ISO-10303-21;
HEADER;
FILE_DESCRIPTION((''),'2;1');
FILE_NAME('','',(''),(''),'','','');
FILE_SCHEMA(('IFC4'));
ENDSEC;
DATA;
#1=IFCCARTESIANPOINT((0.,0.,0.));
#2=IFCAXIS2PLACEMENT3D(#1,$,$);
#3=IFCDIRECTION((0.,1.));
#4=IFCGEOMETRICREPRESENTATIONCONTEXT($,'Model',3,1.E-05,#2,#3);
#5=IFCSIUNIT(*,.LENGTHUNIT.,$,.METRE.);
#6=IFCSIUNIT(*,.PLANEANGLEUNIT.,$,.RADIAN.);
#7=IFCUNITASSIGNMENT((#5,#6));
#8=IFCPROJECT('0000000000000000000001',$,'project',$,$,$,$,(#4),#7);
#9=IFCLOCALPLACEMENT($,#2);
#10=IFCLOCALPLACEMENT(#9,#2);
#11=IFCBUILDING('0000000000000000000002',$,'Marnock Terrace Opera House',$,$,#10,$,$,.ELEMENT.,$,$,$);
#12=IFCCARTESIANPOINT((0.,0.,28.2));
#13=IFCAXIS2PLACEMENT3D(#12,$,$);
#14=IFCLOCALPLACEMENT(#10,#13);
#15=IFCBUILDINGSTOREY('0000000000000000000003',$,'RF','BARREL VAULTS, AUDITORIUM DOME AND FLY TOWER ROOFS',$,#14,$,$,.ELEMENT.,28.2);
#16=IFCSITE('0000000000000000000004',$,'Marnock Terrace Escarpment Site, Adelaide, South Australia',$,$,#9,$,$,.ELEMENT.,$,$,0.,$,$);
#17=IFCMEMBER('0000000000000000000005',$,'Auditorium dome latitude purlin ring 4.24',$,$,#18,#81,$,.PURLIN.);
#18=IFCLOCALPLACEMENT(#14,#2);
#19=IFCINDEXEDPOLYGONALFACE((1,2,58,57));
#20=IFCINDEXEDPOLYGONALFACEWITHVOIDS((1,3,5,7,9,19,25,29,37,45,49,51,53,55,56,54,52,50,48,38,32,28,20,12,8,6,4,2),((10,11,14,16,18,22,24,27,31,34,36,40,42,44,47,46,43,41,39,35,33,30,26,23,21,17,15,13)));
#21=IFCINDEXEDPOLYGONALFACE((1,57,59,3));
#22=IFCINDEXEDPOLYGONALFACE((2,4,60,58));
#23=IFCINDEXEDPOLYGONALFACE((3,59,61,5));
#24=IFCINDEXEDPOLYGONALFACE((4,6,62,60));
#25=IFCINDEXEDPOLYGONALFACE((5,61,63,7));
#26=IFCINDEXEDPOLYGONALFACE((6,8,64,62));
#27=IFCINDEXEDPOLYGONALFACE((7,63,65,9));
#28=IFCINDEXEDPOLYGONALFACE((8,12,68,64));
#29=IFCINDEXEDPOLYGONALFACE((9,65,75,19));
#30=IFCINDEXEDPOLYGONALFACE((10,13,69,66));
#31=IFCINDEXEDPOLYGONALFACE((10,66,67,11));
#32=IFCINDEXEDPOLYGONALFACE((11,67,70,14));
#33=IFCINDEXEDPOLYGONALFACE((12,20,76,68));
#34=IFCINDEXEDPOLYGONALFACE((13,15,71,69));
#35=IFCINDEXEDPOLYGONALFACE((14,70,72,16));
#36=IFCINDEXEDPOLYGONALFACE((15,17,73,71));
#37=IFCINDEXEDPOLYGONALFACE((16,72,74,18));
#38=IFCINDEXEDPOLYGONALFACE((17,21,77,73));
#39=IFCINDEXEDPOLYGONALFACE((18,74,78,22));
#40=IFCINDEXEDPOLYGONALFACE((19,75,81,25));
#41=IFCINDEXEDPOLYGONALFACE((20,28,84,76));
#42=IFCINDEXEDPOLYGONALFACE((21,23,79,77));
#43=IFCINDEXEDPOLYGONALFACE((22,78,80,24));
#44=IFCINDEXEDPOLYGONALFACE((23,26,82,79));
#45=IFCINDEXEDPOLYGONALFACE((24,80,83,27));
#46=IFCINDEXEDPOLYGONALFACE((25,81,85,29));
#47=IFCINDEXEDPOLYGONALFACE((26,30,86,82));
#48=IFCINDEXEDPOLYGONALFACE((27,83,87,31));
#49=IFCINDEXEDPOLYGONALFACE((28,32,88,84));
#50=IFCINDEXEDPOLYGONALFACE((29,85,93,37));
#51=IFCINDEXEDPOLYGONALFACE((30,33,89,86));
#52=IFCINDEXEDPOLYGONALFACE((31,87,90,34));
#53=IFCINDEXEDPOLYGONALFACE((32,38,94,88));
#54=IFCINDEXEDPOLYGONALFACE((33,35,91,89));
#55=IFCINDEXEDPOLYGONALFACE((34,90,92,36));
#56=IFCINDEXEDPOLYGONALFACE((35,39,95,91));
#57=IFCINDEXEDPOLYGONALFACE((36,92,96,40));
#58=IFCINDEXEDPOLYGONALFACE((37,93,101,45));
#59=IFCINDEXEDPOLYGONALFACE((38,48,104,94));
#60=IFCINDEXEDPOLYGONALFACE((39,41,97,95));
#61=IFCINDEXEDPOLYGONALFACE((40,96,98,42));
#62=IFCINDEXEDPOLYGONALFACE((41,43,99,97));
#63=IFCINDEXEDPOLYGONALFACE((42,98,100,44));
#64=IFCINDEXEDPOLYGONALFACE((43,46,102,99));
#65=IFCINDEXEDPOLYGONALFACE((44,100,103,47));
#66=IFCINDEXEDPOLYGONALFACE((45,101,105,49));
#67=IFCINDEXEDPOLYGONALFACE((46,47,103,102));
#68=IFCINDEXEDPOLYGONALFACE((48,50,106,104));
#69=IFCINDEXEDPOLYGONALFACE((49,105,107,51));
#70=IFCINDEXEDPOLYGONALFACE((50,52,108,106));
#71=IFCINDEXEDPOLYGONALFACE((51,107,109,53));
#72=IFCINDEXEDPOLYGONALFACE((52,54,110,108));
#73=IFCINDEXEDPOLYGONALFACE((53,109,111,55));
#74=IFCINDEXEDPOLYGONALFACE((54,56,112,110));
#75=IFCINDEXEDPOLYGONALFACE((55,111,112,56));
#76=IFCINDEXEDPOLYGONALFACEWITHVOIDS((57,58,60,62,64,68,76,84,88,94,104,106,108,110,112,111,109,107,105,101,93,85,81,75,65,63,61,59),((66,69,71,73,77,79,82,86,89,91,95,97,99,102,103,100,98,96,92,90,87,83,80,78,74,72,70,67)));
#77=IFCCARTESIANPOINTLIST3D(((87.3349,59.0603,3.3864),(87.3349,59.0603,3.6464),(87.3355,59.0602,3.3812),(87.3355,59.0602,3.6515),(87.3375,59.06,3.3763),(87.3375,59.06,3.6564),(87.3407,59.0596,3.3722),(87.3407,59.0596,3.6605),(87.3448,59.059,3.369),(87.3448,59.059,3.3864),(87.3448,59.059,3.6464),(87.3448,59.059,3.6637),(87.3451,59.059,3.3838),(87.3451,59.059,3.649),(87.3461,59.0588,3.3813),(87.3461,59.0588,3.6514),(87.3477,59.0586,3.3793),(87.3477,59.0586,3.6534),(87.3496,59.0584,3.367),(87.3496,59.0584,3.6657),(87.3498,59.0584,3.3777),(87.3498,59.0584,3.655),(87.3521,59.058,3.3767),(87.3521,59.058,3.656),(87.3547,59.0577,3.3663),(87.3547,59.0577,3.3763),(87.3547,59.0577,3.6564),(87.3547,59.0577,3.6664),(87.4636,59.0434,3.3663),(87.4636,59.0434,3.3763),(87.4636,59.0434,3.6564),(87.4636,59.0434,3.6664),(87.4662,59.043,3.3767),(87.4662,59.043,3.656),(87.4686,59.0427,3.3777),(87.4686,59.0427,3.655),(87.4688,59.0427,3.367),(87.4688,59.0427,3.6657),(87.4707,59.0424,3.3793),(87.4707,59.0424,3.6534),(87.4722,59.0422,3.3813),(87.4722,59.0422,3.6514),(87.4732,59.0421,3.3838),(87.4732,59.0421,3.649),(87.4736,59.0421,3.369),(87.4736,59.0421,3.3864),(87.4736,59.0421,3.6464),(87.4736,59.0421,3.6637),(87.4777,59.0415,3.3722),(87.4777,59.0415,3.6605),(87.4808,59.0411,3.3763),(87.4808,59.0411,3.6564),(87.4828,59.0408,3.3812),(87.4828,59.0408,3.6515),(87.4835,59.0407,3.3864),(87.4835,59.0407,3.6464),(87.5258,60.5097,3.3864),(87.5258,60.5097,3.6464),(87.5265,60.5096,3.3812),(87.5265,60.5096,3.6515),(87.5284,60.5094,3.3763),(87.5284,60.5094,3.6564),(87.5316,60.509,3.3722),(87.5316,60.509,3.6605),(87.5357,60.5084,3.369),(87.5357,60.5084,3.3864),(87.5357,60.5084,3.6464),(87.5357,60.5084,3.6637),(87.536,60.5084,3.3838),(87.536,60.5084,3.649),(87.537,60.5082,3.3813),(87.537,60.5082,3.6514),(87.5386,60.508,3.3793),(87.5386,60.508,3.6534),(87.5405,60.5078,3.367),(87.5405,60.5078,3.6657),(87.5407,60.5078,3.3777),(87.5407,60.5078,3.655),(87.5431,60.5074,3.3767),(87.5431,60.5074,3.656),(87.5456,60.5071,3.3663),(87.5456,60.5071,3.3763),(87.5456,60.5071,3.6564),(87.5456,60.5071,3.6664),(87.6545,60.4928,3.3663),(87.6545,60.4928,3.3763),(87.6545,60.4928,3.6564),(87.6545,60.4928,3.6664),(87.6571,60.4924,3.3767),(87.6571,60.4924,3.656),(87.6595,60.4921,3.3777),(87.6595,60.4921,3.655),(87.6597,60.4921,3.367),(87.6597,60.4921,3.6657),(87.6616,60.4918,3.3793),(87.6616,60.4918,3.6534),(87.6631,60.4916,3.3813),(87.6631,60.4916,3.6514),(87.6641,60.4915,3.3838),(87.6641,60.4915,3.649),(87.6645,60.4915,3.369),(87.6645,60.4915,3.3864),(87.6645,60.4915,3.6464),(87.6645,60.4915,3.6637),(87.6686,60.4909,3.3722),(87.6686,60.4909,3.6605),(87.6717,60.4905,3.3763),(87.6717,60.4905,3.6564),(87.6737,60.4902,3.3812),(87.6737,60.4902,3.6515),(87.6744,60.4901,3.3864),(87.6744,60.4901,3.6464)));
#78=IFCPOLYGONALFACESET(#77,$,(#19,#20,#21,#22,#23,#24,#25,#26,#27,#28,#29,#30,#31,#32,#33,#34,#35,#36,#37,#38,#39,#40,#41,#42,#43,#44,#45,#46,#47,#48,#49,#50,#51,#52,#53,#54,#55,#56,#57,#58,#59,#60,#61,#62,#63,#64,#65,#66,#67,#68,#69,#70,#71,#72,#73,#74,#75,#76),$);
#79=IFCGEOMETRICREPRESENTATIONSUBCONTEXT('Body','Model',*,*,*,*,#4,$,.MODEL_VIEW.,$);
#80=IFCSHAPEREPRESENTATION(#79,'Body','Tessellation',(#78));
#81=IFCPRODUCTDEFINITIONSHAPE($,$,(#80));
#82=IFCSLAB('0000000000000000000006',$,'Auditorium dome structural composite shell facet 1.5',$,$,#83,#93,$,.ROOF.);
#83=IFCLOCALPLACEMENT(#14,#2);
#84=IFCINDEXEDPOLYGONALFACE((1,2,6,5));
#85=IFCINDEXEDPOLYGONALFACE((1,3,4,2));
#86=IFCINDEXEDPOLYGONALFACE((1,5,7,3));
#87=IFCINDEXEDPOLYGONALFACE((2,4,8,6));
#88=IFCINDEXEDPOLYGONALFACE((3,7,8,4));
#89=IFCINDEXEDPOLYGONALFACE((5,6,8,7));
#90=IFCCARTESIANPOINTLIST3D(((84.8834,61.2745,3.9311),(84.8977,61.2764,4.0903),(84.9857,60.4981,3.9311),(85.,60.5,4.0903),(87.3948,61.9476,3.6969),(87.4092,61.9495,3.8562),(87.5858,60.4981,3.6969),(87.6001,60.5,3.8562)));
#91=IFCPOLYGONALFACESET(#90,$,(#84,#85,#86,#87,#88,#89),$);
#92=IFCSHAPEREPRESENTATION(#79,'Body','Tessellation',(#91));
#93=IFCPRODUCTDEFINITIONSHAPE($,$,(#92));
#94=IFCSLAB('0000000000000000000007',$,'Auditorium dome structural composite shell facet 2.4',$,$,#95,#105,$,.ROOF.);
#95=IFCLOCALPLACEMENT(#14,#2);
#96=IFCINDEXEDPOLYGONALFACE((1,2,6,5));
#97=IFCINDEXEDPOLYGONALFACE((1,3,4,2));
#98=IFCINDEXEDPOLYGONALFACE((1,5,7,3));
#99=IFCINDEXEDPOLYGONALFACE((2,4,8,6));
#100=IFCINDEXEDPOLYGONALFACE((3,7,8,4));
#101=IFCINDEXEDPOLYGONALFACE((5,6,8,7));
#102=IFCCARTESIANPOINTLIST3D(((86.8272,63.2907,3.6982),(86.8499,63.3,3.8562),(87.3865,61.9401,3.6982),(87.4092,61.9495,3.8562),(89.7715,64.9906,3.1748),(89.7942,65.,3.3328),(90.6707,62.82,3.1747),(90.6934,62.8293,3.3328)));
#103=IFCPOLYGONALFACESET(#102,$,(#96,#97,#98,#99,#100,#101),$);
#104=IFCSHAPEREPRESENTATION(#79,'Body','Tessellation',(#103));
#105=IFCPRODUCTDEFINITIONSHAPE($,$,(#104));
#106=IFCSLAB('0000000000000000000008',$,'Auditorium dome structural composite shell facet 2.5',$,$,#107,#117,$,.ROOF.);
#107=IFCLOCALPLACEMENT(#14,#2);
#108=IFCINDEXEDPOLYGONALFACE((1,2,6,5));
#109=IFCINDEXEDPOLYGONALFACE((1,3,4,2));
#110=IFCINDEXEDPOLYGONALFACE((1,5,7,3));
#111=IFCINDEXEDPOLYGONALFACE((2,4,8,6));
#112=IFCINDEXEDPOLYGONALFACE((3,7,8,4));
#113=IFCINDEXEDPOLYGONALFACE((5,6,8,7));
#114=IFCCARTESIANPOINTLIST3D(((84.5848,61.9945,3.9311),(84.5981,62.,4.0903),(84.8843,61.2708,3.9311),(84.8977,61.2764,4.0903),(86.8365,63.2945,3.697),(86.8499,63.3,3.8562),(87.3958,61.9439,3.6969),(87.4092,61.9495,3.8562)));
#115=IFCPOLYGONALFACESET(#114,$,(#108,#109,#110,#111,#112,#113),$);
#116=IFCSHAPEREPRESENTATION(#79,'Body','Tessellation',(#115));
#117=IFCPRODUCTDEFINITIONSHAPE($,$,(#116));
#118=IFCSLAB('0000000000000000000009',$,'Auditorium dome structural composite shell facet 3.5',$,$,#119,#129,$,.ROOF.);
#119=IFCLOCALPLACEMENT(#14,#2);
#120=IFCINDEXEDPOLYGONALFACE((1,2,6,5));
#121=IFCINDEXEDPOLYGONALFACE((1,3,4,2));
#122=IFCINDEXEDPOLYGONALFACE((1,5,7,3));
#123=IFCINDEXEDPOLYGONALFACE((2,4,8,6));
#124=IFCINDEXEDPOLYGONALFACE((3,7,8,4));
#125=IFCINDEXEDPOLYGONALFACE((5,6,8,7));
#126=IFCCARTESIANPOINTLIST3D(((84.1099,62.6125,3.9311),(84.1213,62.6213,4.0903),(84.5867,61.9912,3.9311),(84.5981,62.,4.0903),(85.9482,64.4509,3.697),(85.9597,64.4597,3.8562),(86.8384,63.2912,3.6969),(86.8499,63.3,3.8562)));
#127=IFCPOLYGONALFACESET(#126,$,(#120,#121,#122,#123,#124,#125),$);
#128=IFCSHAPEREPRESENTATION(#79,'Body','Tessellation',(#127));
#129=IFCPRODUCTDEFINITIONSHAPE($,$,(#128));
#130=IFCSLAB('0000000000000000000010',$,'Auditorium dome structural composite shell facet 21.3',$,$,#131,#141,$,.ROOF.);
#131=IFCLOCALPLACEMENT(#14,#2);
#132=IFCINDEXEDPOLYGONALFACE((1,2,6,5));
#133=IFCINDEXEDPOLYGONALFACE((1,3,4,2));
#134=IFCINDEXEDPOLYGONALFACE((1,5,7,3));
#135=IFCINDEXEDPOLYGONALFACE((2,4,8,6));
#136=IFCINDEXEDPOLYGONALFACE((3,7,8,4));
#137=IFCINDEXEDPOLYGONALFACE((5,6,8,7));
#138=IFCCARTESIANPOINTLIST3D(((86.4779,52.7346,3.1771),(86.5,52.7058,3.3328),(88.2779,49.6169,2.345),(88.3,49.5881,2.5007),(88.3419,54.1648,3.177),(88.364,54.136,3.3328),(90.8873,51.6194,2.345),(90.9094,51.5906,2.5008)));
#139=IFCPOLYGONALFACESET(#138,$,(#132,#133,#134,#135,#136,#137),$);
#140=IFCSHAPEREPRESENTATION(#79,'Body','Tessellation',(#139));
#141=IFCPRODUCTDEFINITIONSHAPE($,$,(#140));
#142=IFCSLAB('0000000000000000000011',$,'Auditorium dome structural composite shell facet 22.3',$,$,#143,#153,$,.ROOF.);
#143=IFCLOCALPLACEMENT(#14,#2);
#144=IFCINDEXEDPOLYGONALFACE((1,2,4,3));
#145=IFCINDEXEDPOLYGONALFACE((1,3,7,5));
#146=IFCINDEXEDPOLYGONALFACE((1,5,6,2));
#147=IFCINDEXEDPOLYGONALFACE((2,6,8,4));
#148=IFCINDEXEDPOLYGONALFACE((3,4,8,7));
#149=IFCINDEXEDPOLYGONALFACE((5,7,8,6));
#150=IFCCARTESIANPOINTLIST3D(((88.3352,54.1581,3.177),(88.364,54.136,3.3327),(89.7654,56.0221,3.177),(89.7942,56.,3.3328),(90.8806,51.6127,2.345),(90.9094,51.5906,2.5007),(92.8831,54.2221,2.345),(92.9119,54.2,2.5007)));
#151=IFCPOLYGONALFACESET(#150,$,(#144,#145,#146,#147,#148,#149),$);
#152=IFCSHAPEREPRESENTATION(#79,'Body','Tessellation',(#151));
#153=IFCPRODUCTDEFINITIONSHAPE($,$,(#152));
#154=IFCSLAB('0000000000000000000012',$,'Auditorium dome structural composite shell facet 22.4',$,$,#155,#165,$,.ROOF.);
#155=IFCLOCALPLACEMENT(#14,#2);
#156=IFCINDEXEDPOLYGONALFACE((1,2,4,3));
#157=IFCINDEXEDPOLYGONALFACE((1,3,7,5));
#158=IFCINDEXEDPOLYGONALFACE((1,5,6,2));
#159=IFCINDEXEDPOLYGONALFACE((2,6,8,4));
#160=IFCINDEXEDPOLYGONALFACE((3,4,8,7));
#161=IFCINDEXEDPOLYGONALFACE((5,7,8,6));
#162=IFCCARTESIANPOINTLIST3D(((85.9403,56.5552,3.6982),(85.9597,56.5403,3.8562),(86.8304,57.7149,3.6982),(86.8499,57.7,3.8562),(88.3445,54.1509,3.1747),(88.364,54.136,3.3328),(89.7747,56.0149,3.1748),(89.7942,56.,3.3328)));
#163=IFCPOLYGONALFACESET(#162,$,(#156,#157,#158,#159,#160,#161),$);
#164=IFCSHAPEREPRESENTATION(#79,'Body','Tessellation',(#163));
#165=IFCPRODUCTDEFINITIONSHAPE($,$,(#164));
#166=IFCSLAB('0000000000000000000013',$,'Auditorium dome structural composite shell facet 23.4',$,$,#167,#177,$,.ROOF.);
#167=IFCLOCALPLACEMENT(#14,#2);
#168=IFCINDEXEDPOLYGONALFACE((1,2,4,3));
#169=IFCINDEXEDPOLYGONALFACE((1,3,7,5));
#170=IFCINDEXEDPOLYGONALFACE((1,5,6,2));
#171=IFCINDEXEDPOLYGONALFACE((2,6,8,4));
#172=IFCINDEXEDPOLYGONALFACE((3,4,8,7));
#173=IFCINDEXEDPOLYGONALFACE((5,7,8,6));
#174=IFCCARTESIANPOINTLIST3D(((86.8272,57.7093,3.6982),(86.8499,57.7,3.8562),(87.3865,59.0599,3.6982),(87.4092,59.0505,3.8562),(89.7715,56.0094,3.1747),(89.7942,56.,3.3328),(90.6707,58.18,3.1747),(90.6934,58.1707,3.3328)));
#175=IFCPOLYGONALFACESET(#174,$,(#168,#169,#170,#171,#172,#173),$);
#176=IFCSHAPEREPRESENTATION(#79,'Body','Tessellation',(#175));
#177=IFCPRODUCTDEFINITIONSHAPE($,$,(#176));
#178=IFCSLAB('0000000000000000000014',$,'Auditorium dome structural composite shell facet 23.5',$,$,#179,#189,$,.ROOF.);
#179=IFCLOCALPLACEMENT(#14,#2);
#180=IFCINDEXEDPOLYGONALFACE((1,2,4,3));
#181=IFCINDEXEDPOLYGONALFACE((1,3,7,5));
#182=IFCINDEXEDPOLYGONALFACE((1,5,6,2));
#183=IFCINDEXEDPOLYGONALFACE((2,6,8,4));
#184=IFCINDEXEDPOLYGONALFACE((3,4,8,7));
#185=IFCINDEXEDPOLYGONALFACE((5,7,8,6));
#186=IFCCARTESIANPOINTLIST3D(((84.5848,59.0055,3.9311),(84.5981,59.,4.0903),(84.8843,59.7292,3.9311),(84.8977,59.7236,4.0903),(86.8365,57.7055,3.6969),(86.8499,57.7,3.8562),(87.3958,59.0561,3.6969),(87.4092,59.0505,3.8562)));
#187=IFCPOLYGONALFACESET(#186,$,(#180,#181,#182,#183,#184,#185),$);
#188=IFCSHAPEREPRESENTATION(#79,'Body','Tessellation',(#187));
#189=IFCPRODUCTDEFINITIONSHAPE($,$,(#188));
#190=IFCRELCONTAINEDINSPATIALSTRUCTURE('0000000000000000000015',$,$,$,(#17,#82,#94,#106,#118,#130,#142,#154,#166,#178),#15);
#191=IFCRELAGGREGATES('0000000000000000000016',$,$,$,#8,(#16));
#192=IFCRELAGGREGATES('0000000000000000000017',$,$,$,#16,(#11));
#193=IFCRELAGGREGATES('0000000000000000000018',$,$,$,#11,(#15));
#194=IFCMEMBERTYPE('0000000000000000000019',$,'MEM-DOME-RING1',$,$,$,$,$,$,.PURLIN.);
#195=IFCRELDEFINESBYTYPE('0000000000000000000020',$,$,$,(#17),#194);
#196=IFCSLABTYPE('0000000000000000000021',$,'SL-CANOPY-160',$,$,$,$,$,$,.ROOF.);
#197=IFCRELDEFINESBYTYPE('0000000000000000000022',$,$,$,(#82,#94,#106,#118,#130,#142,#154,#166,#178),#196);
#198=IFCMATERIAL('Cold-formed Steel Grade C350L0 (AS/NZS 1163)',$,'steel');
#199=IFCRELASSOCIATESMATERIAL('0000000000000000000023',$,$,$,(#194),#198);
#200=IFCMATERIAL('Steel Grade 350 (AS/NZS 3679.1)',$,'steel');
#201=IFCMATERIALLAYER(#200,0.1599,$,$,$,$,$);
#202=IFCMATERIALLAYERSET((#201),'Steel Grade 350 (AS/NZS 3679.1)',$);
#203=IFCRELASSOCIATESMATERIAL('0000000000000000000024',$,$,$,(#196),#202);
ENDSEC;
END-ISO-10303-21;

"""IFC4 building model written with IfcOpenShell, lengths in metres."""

from ifc_helpers import new_model, si_unit, direction, frame, origin, origin_2d, place, context, subcontext, project, spatial, polyline, hollow_rectangle, outline, extrude, material, layer, layer_set, material_profile, profile_set, type_object, element, save


model = new_model("IFC4")

# Units and contexts
model_context = context("Model", 3, precision=1e-05, world=origin(), true_north=direction((0.0, 1.0)))
body_context = subcontext(model_context, "Body", "Model", "MODEL_VIEW")
ifc_project = project(units=[si_unit("LENGTHUNIT", "METRE"), si_unit("PLANEANGLEUNIT", "RADIAN")], contexts=[model_context])

# Site, building, storey
site_placement = place(None, origin())
site = spatial("IfcSite", under=ifc_project, at=site_placement, Name="Marnock Terrace Escarpment Site, Adelaide, South Australia", CompositionType="ELEMENT", RefElevation=0.0)
building_placement = place(site_placement, origin())
building = spatial("IfcBuilding", under=site, at=building_placement, Name="Marnock Terrace Opera House", CompositionType="ELEMENT")
storey_placement = place(building_placement, frame((0.0, 0.0, 28.2)))
storey = spatial("IfcBuildingStorey", under=building, at=storey_placement, Name="RF", Description="BARREL VAULTS, AUDITORIUM DOME AND FLY TOWER ROOFS", CompositionType="ELEMENT", Elevation=28.2)

# Member
ifc_material_1 = material(Name="Cold-formed Steel Grade C350L0 (AS/NZS 1163)", Category="steel")
ifc_material_profile_1 = material_profile(ifc_material_1, hollow_rectangle(XDim=0.1499, YDim=0.3, WallThickness=0.01, InnerFilletRadius=0.01, OuterFilletRadius=0.02, at=origin_2d()))
ifc_profile_set_1 = profile_set([ifc_material_profile_1], Name="Cold-formed Steel Grade C350L0 (AS/NZS 1163)")
member_type_1 = type_object("IfcMemberType", Name="MEM-DOME-RING1", PredefinedType="PURLIN", material=ifc_profile_set_1)
member_1_placement = place(storey_placement, frame((87.4092, 59.0505, 3.5164), z_axis=(0.130588, 0.991437, 0.0), x_axis=(-0.991437, 0.130588, 0.0)))
element("IfcMember", 1, at=member_1_placement, inside=storey, type_object=member_type_1, Name="Auditorium dome latitude purlin ring 4.24", PredefinedType="PURLIN", context=body_context, shape_type="SweptSolid", body=[
    extrude(hollow_rectangle(XDim=0.1499, YDim=0.3, WallThickness=0.01, InnerFilletRadius=0.01, OuterFilletRadius=0.02, at=origin_2d()), origin(), (0.0, 0.0, 1.0), 1.4619),
])

# Slabs
ifc_material_2 = material(Name="Steel Grade 350 (AS/NZS 3679.1)", Category="steel")
ifc_layer_1 = layer(ifc_material_2, 0.1599)
ifc_layer_set_1 = layer_set([ifc_layer_1], Name="Steel Grade 350 (AS/NZS 3679.1)")
slab_type = type_object("IfcSlabType", Name="SL-CANOPY-160", PredefinedType="ROOF", material=ifc_layer_set_1)
slab_1_placement = place(storey_placement, frame((87.6001, 60.5, 3.8562), z_axis=(0.089677, 0.011813, 0.995901), x_axis=(-0.130589, 0.991437, -0.000001)))
element("IfcSlab", 2, at=slab_1_placement, inside=storey, type_object=slab_type, Name="Auditorium dome structural composite shell facet 1.5", PredefinedType="ROOF", context=body_context, shape_type="SweptSolid", body=[
    extrude(outline(polyline([(0.0, 0.0), (1.462, 0.0), (1.1226, 2.5885), (0.3395, 2.5884), (0.0, 0.0)])), origin(), (0.0, 0.0, -1.0), 0.1599),
])
slab_2_placement = place(storey_placement, frame((90.6934, 62.8293, 3.3328), z_axis=(0.141766, 0.058719, 0.988157), x_axis=(-0.382703, 0.923871, 0.000005)))
element("IfcSlab", 3, at=slab_2_placement, inside=storey, type_object=slab_type, Name="Auditorium dome structural composite shell facet 2.4", PredefinedType="ROOF", context=body_context, shape_type="SweptSolid", body=[
    extrude(outline(polyline([(0.0, 0.0), (2.3495, 0.0), (1.9058, 3.4112), (0.444, 3.4113), (0.0, 0.0)])), origin(), (0.0, 0.0, -1.0), 0.1599),
])
slab_3_placement = place(storey_placement, frame((87.4092, 61.9495, 3.8562), z_axis=(0.083571, 0.034605, 0.995901), x_axis=(-0.382622, 0.923905, 0.000005)))
element("IfcSlab", 4, at=slab_3_placement, inside=storey, type_object=slab_type, Name="Auditorium dome structural composite shell facet 2.5", PredefinedType="ROOF", context=body_context, shape_type="SweptSolid", body=[
    extrude(outline(polyline([(0.0, 0.0), (1.4618, 0.0), (1.1223, 2.5884), (0.3391, 2.5885), (0.0, 0.0)])), origin(), (0.0, 0.0, -1.0), 0.1599),
])
slab_4_placement = place(storey_placement, frame((86.8499, 63.3, 3.8562), z_axis=(0.071757, 0.055075, 0.9959), x_axis=(-0.608887, 0.793257, 0.000004)))
element("IfcSlab", 5, at=slab_4_placement, inside=storey, type_object=slab_type, Name="Auditorium dome structural composite shell facet 3.5", PredefinedType="ROOF", context=body_context, shape_type="SweptSolid", body=[
    extrude(outline(polyline([(0.0, 0.0), (1.4619, 0.0), (1.123, 2.5883), (0.3398, 2.5884), (0.0, 0.0)])), origin(), (0.0, 0.0, -1.0), 0.1599),
])
slab_5_placement = place(storey_placement, frame((88.3, 49.5881, 2.5007), z_axis=(0.138211, -0.180117, 0.973887), x_axis=(0.793326, 0.608798, 0.000009)))
element("IfcSlab", 6, at=slab_5_placement, inside=storey, type_object=slab_type, Name="Auditorium dome structural composite shell facet 21.3", PredefinedType="ROOF", context=body_context, shape_type="SweptSolid", body=[
    extrude(outline(polyline([(0.0, 0.0), (3.2892, 0.0), (2.8195, 3.6647), (0.47, 3.6649), (0.0, 0.0)])), origin(), (0.0, 0.0, -1.0), 0.1599),
])
slab_6_placement = place(storey_placement, frame((90.9094, 51.5906, 2.5007), z_axis=(0.180117, -0.138211, 0.973887), x_axis=(0.608798, 0.793326, -0.000009)))
element("IfcSlab", 7, at=slab_6_placement, inside=storey, type_object=slab_type, Name="Auditorium dome structural composite shell facet 22.3", PredefinedType="ROOF", context=body_context, shape_type="SweptSolid", body=[
    extrude(outline(polyline([(0.0, 0.0), (3.2892, 0.0), (2.8191, 3.6649), (0.4697, 3.6647), (0.0, 0.0)])), origin(), (0.0, 0.0, -1.0), 0.1599),
])
slab_7_placement = place(storey_placement, frame((88.364, 54.136, 3.3328), z_axis=(0.12173, -0.093413, 0.988158), x_axis=(0.608727, 0.793379, 0.000012)))
element("IfcSlab", 8, at=slab_7_placement, inside=storey, type_object=slab_type, Name="Auditorium dome structural composite shell facet 22.4", PredefinedType="ROOF", context=body_context, shape_type="SweptSolid", body=[
    extrude(outline(polyline([(0.0, 0.0), (2.3495, 0.0), (1.9059, 3.4112), (0.444, 3.4115), (0.0, 0.0)])), origin(), (0.0, 0.0, -1.0), 0.1599),
])
slab_8_placement = place(storey_placement, frame((89.7942, 56.0, 3.3328), z_axis=(0.141766, -0.058719, 0.988157), x_axis=(0.382703, 0.923871, -0.000005)))
element("IfcSlab", 9, at=slab_8_placement, inside=storey, type_object=slab_type, Name="Auditorium dome structural composite shell facet 23.4", PredefinedType="ROOF", context=body_context, shape_type="SweptSolid", body=[
    extrude(outline(polyline([(0.0, 0.0), (2.3495, 0.0), (1.9056, 3.4113), (0.4437, 3.4112), (0.0, 0.0)])), origin(), (0.0, 0.0, -1.0), 0.1599),
])
slab_9_placement = place(storey_placement, frame((86.8499, 57.7, 3.8562), z_axis=(0.083571, -0.034605, 0.995901), x_axis=(0.382622, 0.923905, -0.000005)))
element("IfcSlab", 10, at=slab_9_placement, inside=storey, type_object=slab_type, Name="Auditorium dome structural composite shell facet 23.5", PredefinedType="ROOF", context=body_context, shape_type="SweptSolid", body=[
    extrude(outline(polyline([(0.0, 0.0), (1.4618, 0.0), (1.1228, 2.5885), (0.3396, 2.5884), (0.0, 0.0)])), origin(), (0.0, 0.0, -1.0), 0.1599),
])

save(model, "model.ifc")
